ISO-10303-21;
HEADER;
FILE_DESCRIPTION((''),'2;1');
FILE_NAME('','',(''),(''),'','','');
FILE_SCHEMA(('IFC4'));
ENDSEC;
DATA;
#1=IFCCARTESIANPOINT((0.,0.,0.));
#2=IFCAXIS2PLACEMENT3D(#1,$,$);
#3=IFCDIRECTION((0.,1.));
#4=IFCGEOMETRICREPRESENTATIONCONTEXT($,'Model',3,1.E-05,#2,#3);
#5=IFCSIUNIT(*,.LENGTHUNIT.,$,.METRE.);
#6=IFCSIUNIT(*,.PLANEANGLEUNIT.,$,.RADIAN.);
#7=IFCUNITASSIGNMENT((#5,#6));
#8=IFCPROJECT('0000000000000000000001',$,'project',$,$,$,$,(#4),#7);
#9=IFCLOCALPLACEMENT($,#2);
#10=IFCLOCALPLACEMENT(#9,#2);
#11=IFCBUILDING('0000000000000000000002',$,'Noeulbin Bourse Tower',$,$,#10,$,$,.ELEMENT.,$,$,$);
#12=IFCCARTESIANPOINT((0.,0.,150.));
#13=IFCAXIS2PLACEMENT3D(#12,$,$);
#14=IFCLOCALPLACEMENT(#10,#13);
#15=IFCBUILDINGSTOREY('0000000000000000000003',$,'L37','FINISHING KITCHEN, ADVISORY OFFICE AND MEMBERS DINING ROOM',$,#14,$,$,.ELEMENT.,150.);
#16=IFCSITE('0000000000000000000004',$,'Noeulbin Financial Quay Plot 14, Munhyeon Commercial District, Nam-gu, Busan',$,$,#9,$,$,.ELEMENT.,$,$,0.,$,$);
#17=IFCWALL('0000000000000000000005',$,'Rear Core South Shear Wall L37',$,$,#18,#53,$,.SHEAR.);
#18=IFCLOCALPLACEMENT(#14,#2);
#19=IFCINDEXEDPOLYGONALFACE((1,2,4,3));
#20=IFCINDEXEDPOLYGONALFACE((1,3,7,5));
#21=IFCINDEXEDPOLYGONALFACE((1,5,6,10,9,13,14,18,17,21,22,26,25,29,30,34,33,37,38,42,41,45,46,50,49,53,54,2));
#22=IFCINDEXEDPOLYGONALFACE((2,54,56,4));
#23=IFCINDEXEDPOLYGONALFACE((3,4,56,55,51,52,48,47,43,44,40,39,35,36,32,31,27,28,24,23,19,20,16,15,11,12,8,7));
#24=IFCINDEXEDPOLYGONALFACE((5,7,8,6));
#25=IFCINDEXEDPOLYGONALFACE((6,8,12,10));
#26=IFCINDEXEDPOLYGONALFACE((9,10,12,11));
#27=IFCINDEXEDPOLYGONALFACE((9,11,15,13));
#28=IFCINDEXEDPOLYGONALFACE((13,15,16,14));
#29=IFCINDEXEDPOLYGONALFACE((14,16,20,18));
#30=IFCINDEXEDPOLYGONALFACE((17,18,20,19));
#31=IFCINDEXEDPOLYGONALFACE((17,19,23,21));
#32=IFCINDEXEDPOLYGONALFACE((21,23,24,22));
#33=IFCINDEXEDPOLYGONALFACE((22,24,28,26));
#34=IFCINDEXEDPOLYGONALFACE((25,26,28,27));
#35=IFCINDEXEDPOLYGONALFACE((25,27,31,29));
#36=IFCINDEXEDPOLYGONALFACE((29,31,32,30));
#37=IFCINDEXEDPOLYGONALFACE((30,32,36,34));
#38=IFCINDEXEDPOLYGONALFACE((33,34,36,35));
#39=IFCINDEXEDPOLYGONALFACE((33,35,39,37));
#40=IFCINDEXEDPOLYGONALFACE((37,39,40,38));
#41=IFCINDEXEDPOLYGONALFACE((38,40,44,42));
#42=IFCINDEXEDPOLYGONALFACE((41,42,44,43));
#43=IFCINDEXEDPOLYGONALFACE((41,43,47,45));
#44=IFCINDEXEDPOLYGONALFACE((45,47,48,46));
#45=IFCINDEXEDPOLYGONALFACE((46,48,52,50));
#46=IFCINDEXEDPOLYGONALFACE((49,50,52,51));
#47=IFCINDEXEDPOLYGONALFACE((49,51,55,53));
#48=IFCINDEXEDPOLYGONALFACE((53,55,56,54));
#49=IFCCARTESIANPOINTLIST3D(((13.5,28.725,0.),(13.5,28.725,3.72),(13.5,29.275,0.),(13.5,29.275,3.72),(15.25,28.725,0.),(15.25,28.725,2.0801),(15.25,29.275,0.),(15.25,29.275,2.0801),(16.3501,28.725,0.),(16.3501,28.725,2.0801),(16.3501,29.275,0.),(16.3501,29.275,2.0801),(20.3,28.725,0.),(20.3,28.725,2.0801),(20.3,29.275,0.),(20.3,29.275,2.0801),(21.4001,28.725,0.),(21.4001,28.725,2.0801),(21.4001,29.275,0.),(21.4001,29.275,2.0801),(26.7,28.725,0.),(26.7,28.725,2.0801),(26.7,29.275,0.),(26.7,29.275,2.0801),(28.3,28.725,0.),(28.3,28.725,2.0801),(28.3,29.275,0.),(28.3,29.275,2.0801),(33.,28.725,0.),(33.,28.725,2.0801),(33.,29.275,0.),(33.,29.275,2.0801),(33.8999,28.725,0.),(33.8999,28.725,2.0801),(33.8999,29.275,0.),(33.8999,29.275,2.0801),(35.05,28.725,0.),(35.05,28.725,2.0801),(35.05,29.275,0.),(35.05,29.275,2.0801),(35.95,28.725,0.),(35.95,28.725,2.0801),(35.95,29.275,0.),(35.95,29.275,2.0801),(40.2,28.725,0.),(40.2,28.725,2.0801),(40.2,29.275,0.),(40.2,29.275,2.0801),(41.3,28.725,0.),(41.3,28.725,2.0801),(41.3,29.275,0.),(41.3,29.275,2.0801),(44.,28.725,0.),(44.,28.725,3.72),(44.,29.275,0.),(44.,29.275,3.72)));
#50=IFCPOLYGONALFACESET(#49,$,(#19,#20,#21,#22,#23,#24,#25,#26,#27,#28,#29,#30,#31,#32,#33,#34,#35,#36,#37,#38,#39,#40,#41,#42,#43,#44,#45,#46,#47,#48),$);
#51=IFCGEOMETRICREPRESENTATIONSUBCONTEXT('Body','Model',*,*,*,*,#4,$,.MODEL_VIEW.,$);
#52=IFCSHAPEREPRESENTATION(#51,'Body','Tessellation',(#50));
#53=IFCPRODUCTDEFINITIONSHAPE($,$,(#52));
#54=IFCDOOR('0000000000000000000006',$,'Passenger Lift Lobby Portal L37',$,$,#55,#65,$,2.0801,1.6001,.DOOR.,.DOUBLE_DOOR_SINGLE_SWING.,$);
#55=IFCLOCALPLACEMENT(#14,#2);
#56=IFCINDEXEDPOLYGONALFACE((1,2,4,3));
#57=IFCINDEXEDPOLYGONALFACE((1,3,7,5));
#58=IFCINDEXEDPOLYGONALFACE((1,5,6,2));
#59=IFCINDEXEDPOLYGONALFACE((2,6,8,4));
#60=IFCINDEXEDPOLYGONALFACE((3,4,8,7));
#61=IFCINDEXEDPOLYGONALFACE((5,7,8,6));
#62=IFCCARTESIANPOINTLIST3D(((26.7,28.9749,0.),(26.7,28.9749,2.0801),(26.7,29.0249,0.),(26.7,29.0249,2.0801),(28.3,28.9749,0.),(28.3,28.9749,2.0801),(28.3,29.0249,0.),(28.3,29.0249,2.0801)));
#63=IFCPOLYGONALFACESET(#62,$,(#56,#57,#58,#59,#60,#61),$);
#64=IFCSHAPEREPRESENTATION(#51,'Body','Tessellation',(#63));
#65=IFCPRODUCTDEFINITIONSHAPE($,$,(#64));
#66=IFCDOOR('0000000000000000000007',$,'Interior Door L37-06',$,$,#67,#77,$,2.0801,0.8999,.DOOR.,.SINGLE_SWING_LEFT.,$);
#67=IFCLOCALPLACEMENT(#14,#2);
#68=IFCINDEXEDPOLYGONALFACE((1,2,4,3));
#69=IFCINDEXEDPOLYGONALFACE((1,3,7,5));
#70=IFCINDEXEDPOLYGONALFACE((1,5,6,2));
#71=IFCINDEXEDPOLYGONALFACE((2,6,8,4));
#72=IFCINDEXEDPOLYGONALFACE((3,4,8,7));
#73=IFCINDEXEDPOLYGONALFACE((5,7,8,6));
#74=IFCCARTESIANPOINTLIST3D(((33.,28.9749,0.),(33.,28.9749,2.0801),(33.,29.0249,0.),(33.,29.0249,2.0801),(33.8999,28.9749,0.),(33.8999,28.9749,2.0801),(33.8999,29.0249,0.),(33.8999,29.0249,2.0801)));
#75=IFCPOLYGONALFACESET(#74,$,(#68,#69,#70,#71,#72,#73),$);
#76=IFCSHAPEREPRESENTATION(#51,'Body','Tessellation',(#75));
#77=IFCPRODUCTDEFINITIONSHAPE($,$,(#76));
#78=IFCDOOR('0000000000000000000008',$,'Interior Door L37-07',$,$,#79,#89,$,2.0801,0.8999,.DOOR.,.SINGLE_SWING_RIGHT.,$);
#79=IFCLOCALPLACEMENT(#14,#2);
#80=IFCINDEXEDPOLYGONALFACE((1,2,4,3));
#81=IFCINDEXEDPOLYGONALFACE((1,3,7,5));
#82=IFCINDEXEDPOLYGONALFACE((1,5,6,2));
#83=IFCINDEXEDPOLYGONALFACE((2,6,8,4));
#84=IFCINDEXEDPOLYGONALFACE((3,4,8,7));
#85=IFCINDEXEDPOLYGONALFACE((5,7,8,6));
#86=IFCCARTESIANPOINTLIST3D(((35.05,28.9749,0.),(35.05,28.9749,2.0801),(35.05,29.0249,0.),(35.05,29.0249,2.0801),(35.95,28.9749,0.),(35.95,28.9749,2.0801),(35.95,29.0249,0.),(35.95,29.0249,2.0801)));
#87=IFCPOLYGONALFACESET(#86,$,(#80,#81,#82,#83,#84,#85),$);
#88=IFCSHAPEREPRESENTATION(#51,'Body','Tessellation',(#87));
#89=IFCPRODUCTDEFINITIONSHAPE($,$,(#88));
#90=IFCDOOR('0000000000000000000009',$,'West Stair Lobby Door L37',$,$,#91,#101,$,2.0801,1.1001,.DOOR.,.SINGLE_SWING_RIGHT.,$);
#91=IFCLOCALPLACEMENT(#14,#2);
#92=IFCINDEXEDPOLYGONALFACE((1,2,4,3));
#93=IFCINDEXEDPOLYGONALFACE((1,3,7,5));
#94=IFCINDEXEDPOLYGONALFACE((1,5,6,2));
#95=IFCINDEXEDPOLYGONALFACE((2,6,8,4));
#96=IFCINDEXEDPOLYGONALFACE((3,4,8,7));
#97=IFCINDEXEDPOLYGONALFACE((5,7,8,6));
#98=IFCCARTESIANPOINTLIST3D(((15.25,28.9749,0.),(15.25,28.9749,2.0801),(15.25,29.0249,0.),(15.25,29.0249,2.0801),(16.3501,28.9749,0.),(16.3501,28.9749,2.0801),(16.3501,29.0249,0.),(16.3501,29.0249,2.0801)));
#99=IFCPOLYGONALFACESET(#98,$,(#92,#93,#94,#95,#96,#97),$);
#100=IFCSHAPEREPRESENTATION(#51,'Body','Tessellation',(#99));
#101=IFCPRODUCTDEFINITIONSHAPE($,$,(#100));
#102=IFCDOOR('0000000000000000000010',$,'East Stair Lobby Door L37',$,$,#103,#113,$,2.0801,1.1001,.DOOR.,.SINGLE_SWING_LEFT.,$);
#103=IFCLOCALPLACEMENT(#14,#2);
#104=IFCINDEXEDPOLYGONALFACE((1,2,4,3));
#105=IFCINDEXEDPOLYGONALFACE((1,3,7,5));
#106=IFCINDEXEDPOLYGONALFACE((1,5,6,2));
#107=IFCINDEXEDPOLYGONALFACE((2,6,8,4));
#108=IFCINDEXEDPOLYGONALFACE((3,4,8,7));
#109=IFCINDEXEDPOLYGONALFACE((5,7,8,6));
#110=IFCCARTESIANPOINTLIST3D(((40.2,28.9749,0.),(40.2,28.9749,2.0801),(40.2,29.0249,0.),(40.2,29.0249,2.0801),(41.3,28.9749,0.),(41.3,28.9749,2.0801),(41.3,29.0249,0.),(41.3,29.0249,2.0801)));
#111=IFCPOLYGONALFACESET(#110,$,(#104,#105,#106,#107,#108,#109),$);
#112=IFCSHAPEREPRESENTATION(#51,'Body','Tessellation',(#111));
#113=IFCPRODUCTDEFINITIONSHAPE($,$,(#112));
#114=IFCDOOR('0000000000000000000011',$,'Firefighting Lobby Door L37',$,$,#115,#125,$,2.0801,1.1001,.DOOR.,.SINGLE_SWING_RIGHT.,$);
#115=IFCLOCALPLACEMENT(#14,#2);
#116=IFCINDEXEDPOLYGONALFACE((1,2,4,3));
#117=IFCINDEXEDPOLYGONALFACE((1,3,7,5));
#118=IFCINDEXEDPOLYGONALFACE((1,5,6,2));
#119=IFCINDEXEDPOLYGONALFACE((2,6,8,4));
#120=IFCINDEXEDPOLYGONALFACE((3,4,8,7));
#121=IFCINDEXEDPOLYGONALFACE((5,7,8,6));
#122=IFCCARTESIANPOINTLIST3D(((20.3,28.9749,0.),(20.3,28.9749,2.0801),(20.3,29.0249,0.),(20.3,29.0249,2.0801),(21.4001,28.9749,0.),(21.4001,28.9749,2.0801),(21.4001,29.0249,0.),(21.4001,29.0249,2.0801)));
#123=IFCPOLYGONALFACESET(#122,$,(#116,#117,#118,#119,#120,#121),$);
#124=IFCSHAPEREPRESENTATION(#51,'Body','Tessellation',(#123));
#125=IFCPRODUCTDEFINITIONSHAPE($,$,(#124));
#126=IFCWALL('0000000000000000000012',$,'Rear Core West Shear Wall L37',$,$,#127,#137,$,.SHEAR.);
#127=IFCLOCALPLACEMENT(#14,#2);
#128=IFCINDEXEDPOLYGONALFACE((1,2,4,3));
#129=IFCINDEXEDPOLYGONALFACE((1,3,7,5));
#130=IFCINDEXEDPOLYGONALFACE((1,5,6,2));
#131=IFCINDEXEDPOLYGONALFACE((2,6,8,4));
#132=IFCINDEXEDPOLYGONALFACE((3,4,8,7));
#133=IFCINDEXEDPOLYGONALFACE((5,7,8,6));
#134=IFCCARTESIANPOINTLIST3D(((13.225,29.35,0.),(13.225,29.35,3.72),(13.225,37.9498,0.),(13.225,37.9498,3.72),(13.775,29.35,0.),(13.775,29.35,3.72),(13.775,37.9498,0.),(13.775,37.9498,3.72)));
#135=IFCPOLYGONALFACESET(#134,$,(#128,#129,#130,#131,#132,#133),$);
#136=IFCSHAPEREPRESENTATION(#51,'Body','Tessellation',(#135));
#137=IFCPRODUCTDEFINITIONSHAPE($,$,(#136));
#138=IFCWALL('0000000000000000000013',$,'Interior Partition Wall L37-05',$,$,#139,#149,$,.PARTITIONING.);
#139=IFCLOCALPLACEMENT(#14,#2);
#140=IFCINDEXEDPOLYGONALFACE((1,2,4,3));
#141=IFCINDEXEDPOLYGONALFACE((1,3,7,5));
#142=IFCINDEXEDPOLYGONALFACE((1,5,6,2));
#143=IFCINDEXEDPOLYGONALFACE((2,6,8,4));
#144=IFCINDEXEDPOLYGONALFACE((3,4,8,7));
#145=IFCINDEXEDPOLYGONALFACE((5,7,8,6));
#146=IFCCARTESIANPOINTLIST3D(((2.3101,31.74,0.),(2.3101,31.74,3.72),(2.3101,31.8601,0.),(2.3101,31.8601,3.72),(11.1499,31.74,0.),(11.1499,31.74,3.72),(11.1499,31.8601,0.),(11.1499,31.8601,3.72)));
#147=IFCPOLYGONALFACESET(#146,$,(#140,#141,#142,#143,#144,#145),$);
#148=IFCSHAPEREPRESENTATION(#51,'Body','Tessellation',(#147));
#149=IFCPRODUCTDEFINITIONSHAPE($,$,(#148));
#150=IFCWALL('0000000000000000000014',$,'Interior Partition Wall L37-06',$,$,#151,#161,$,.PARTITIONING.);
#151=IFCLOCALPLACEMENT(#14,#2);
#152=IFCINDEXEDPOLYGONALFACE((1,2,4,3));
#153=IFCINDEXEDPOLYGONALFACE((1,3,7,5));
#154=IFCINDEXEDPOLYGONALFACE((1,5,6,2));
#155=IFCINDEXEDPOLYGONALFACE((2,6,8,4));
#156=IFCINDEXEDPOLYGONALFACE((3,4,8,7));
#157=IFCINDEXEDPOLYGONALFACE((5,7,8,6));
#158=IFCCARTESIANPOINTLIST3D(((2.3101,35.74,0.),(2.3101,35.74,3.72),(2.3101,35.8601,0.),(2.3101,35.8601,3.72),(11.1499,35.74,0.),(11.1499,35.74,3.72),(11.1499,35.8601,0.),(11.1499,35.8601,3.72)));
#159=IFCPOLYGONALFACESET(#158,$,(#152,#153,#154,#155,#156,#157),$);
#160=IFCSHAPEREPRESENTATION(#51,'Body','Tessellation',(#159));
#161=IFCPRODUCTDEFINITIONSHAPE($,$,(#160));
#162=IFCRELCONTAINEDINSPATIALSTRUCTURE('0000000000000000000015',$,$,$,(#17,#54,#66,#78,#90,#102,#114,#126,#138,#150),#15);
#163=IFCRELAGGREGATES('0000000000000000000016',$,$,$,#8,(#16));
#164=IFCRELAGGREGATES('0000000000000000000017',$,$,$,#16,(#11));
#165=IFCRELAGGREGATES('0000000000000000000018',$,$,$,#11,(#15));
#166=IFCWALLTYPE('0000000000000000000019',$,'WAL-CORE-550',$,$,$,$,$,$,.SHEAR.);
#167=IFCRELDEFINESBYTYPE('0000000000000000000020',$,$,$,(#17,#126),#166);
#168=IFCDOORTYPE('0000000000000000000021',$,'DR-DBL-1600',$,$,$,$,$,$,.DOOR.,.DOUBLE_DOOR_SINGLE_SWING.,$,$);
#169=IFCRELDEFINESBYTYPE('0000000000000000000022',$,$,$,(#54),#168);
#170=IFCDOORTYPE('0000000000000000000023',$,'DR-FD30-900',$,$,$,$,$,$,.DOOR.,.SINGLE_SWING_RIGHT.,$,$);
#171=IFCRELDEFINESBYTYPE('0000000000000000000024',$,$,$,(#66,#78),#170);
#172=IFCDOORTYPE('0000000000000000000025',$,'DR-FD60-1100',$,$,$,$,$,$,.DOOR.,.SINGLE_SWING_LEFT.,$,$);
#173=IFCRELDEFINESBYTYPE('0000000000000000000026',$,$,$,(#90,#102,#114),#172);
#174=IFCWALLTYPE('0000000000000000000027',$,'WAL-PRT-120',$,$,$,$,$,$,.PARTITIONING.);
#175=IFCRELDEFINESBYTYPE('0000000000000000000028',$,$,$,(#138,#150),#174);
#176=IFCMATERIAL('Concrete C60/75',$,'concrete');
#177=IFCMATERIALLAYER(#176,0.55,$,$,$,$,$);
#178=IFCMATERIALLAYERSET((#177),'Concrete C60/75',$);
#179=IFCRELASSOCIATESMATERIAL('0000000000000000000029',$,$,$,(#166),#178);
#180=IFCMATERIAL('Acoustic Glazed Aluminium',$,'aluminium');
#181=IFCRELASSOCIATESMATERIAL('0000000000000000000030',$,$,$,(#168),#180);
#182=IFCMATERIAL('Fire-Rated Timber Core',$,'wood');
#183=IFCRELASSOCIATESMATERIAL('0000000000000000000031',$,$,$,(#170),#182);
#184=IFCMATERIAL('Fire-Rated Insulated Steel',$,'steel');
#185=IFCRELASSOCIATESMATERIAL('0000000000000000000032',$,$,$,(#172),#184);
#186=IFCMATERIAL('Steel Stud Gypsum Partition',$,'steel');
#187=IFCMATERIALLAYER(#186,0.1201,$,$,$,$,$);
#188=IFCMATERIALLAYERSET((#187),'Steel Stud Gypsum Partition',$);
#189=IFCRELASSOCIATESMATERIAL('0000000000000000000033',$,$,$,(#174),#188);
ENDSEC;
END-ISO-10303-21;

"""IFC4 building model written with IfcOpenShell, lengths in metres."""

from ifc_helpers import new_model, si_unit, direction, frame, frame_2d, origin, place, context, subcontext, project, spatial, rectangle, extrude, material, layer, layer_set, type_object, element, fill, save


model = new_model("IFC4")

# Units and contexts
model_context = context("Model", 3, precision=1e-05, world=origin(), true_north=direction((0.0, 1.0)))
body_context = subcontext(model_context, "Body", "Model", "MODEL_VIEW")
ifc_project = project(units=[si_unit("LENGTHUNIT", "METRE"), si_unit("PLANEANGLEUNIT", "RADIAN")], contexts=[model_context])

# Site, building, storey
site_placement = place(None, origin())
site = spatial("IfcSite", under=ifc_project, at=site_placement, Name="Noeulbin Financial Quay Plot 14, Munhyeon Commercial District, Nam-gu, Busan", CompositionType="ELEMENT", RefElevation=0.0)
building_placement = place(site_placement, origin())
building = spatial("IfcBuilding", under=site, at=building_placement, Name="Noeulbin Bourse Tower", CompositionType="ELEMENT")
storey_placement = place(building_placement, frame((0.0, 0.0, 150.0)))
storey = spatial("IfcBuildingStorey", under=building, at=storey_placement, Name="L37", Description="FINISHING KITCHEN, ADVISORY OFFICE AND MEMBERS DINING ROOM", CompositionType="ELEMENT", Elevation=150.0)

# Wall, openings, doors
ifc_material_1 = material(Name="Concrete C60/75", Category="concrete")
ifc_layer_1 = layer(ifc_material_1, 0.55)
ifc_layer_set_1 = layer_set([ifc_layer_1], Name="Concrete C60/75")
wall_type_1 = type_object("IfcWallType", Name="WAL-CORE-550", PredefinedType="SHEAR", material=ifc_layer_set_1)
wall_1_placement = place(storey_placement, frame((13.5, 29.0, 0.0), z_axis=(0.0, 0.0, 1.0), x_axis=(1.0, 0.0, 0.0)))
wall_1 = element("IfcWall", 1, at=wall_1_placement, inside=storey, type_object=wall_type_1, Name="Rear Core South Shear Wall L37", PredefinedType="SHEAR", context=body_context, shape_type="SweptSolid", body=[
    extrude(rectangle(XDim=30.5, YDim=0.55, at=frame_2d((15.25, 0.0))), origin(), (0.0, 0.0, 1.0), 3.72),
])
opening_1_placement = place(wall_1_placement, frame((1.75, 0.0, 0.0)))
opening_1 = element("IfcOpeningElement", 2, at=opening_1_placement, cuts=wall_1, PredefinedType="OPENING", context=body_context, shape_type="SweptSolid", body=[
    extrude(rectangle(XDim=1.1001, YDim=2.0801, at=frame_2d((0.55, 1.04))), frame((0.0, 0.2849, 0.0), z_axis=(0.0, -1.0, 0.0), x_axis=(1.0, 0.0, 0.0)), (0.0, 0.0, 1.0), 0.5701),
])
opening_2_placement = place(wall_1_placement, frame((26.7, 0.0, 0.0)))
opening_2 = element("IfcOpeningElement", 3, at=opening_2_placement, cuts=wall_1, PredefinedType="OPENING", context=body_context, shape_type="SweptSolid", body=[
    extrude(rectangle(XDim=1.1001, YDim=2.0801, at=frame_2d((0.55, 1.04))), frame((0.0, 0.2849, 0.0), z_axis=(0.0, -1.0, 0.0), x_axis=(1.0, 0.0, 0.0)), (0.0, 0.0, 1.0), 0.5701),
])
opening_3_placement = place(wall_1_placement, frame((6.8, 0.0, 0.0)))
opening_3 = element("IfcOpeningElement", 4, at=opening_3_placement, cuts=wall_1, PredefinedType="OPENING", context=body_context, shape_type="SweptSolid", body=[
    extrude(rectangle(XDim=1.1001, YDim=2.0801, at=frame_2d((0.55, 1.04))), frame((0.0, 0.2849, 0.0), z_axis=(0.0, -1.0, 0.0), x_axis=(1.0, 0.0, 0.0)), (0.0, 0.0, 1.0), 0.5701),
])
opening_4_placement = place(wall_1_placement, frame((13.2, 0.0, 0.0)))
opening_4 = element("IfcOpeningElement", 5, at=opening_4_placement, cuts=wall_1, PredefinedType="OPENING", context=body_context, shape_type="SweptSolid", body=[
    extrude(rectangle(XDim=1.6001, YDim=2.0801, at=frame_2d((0.8, 1.04))), frame((0.0, 0.2849, 0.0), z_axis=(0.0, -1.0, 0.0), x_axis=(1.0, 0.0, 0.0)), (0.0, 0.0, 1.0), 0.5701),
])
opening_5_placement = place(wall_1_placement, frame((19.5, 0.0, 0.0)))
opening_5 = element("IfcOpeningElement", 6, at=opening_5_placement, cuts=wall_1, PredefinedType="OPENING", context=body_context, shape_type="SweptSolid", body=[
    extrude(rectangle(XDim=0.8999, YDim=2.0801, at=frame_2d((0.45, 1.04))), frame((0.0, 0.2849, 0.0), z_axis=(0.0, -1.0, 0.0), x_axis=(1.0, 0.0, 0.0)), (0.0, 0.0, 1.0), 0.5701),
])
opening_6_placement = place(wall_1_placement, frame((21.55, 0.0, 0.0)))
opening_6 = element("IfcOpeningElement", 7, at=opening_6_placement, cuts=wall_1, PredefinedType="OPENING", context=body_context, shape_type="SweptSolid", body=[
    extrude(rectangle(XDim=0.8999, YDim=2.0801, at=frame_2d((0.45, 1.04))), frame((0.0, 0.2849, 0.0), z_axis=(0.0, -1.0, 0.0), x_axis=(1.0, 0.0, 0.0)), (0.0, 0.0, 1.0), 0.5701),
])
ifc_material_2 = material(Name="Acoustic Glazed Aluminium", Category="aluminium")
door_type_1 = type_object("IfcDoorType", Name="DR-DBL-1600", OperationType="DOUBLE_DOOR_SINGLE_SWING", PredefinedType="DOOR", material=ifc_material_2)
door_1_placement = place(opening_4_placement, origin())
door_1 = element("IfcDoor", 8, at=door_1_placement, inside=storey, type_object=door_type_1, Name="Passenger Lift Lobby Portal L37", OperationType="DOUBLE_DOOR_SINGLE_SWING", OverallHeight=2.0801, OverallWidth=1.6001, PredefinedType="DOOR", context=body_context, shape_type="SweptSolid", body=[
    extrude(rectangle(XDim=1.6001, YDim=2.0801, at=frame_2d((0.8, 1.04))), frame((0.0, 0.0249, 0.0), z_axis=(0.0, -1.0, 0.0), x_axis=(1.0, 0.0, 0.0)), (0.0, 0.0, 1.0), 0.05),
])
fill(opening_4, door_1)
ifc_material_3 = material(Name="Fire-Rated Timber Core", Category="wood")
door_type_2 = type_object("IfcDoorType", Name="DR-FD30-900", OperationType="SINGLE_SWING_RIGHT", PredefinedType="DOOR", material=ifc_material_3)
door_2_placement = place(opening_5_placement, origin())
door_2 = element("IfcDoor", 9, at=door_2_placement, inside=storey, type_object=door_type_2, Name="Interior Door L37-06", OperationType="SINGLE_SWING_LEFT", OverallHeight=2.0801, OverallWidth=0.8999, PredefinedType="DOOR", context=body_context, shape_type="SweptSolid", body=[
    extrude(rectangle(XDim=0.8999, YDim=2.0801, at=frame_2d((0.45, 1.04))), frame((0.0, 0.0249, 0.0), z_axis=(0.0, -1.0, 0.0), x_axis=(1.0, 0.0, 0.0)), (0.0, 0.0, 1.0), 0.05),
])
fill(opening_5, door_2)
door_3_placement = place(opening_6_placement, origin())
door_3 = element("IfcDoor", 10, at=door_3_placement, inside=storey, type_object=door_type_2, Name="Interior Door L37-07", OperationType="SINGLE_SWING_RIGHT", OverallHeight=2.0801, OverallWidth=0.8999, PredefinedType="DOOR", context=body_context, shape_type="SweptSolid", body=[
    extrude(rectangle(XDim=0.8999, YDim=2.0801, at=frame_2d((0.45, 1.04))), frame((0.0, 0.0249, 0.0), z_axis=(0.0, -1.0, 0.0), x_axis=(1.0, 0.0, 0.0)), (0.0, 0.0, 1.0), 0.05),
])
fill(opening_6, door_3)
ifc_material_4 = material(Name="Fire-Rated Insulated Steel", Category="steel")
door_type_3 = type_object("IfcDoorType", Name="DR-FD60-1100", OperationType="SINGLE_SWING_LEFT", PredefinedType="DOOR", material=ifc_material_4)
door_4_placement = place(opening_1_placement, origin())
door_4 = element("IfcDoor", 11, at=door_4_placement, inside=storey, type_object=door_type_3, Name="West Stair Lobby Door L37", OperationType="SINGLE_SWING_RIGHT", OverallHeight=2.0801, OverallWidth=1.1001, PredefinedType="DOOR", context=body_context, shape_type="SweptSolid", body=[
    extrude(rectangle(XDim=1.1001, YDim=2.0801, at=frame_2d((0.55, 1.04))), frame((0.0, 0.0249, 0.0), z_axis=(0.0, -1.0, 0.0), x_axis=(1.0, 0.0, 0.0)), (0.0, 0.0, 1.0), 0.05),
])
fill(opening_1, door_4)
door_5_placement = place(opening_2_placement, origin())
door_5 = element("IfcDoor", 12, at=door_5_placement, inside=storey, type_object=door_type_3, Name="East Stair Lobby Door L37", OperationType="SINGLE_SWING_LEFT", OverallHeight=2.0801, OverallWidth=1.1001, PredefinedType="DOOR", context=body_context, shape_type="SweptSolid", body=[
    extrude(rectangle(XDim=1.1001, YDim=2.0801, at=frame_2d((0.55, 1.04))), frame((0.0, 0.0249, 0.0), z_axis=(0.0, -1.0, 0.0), x_axis=(1.0, 0.0, 0.0)), (0.0, 0.0, 1.0), 0.05),
])
fill(opening_2, door_5)
door_6_placement = place(opening_3_placement, origin())
door_6 = element("IfcDoor", 13, at=door_6_placement, inside=storey, type_object=door_type_3, Name="Firefighting Lobby Door L37", OperationType="SINGLE_SWING_RIGHT", OverallHeight=2.0801, OverallWidth=1.1001, PredefinedType="DOOR", context=body_context, shape_type="SweptSolid", body=[
    extrude(rectangle(XDim=1.1001, YDim=2.0801, at=frame_2d((0.55, 1.04))), frame((0.0, 0.0249, 0.0), z_axis=(0.0, -1.0, 0.0), x_axis=(1.0, 0.0, 0.0)), (0.0, 0.0, 1.0), 0.05),
])
fill(opening_3, door_6)

# Walls
wall_2_placement = place(storey_placement, frame((13.5, 29.3501, 0.0), z_axis=(0.0, 0.0, 1.0), x_axis=(0.0, 1.0, 0.0)))
element("IfcWall", 14, at=wall_2_placement, inside=storey, type_object=wall_type_1, Name="Rear Core West Shear Wall L37", PredefinedType="SHEAR", context=body_context, shape_type="SweptSolid", body=[
    extrude(rectangle(XDim=8.5999, YDim=0.55, at=frame_2d((4.2998, 0.0))), origin(), (0.0, 0.0, 1.0), 3.72),
])
ifc_material_5 = material(Name="Steel Stud Gypsum Partition", Category="steel")
ifc_layer_2 = layer(ifc_material_5, 0.1201)
ifc_layer_set_2 = layer_set([ifc_layer_2], Name="Steel Stud Gypsum Partition")
wall_type_2 = type_object("IfcWallType", Name="WAL-PRT-120", PredefinedType="PARTITIONING", material=ifc_layer_set_2)
for number, where, z_axis, x_axis, name in (
    (15, (2.3101, 31.8, 0.0), (0.0, 0.0, 1.0), (1.0, 0.0, 0.0), "Interior Partition Wall L37-05"),
    (16, (2.3101, 35.8, 0.0), (0.0, 0.0, 1.0), (1.0, 0.0, 0.0), "Interior Partition Wall L37-06"),
):
    element("IfcWall", number, at=place(storey_placement, frame(where, z_axis=z_axis, x_axis=x_axis)), inside=storey, type_object=wall_type_2, Name=name, PredefinedType="PARTITIONING", context=body_context, shape_type="SweptSolid", body=[
        extrude(rectangle(XDim=8.8398, YDim=0.1201, at=frame_2d((4.4199, 0.0))), origin(), (0.0, 0.0, 1.0), 3.72),
    ])

save(model, "model.ifc")
